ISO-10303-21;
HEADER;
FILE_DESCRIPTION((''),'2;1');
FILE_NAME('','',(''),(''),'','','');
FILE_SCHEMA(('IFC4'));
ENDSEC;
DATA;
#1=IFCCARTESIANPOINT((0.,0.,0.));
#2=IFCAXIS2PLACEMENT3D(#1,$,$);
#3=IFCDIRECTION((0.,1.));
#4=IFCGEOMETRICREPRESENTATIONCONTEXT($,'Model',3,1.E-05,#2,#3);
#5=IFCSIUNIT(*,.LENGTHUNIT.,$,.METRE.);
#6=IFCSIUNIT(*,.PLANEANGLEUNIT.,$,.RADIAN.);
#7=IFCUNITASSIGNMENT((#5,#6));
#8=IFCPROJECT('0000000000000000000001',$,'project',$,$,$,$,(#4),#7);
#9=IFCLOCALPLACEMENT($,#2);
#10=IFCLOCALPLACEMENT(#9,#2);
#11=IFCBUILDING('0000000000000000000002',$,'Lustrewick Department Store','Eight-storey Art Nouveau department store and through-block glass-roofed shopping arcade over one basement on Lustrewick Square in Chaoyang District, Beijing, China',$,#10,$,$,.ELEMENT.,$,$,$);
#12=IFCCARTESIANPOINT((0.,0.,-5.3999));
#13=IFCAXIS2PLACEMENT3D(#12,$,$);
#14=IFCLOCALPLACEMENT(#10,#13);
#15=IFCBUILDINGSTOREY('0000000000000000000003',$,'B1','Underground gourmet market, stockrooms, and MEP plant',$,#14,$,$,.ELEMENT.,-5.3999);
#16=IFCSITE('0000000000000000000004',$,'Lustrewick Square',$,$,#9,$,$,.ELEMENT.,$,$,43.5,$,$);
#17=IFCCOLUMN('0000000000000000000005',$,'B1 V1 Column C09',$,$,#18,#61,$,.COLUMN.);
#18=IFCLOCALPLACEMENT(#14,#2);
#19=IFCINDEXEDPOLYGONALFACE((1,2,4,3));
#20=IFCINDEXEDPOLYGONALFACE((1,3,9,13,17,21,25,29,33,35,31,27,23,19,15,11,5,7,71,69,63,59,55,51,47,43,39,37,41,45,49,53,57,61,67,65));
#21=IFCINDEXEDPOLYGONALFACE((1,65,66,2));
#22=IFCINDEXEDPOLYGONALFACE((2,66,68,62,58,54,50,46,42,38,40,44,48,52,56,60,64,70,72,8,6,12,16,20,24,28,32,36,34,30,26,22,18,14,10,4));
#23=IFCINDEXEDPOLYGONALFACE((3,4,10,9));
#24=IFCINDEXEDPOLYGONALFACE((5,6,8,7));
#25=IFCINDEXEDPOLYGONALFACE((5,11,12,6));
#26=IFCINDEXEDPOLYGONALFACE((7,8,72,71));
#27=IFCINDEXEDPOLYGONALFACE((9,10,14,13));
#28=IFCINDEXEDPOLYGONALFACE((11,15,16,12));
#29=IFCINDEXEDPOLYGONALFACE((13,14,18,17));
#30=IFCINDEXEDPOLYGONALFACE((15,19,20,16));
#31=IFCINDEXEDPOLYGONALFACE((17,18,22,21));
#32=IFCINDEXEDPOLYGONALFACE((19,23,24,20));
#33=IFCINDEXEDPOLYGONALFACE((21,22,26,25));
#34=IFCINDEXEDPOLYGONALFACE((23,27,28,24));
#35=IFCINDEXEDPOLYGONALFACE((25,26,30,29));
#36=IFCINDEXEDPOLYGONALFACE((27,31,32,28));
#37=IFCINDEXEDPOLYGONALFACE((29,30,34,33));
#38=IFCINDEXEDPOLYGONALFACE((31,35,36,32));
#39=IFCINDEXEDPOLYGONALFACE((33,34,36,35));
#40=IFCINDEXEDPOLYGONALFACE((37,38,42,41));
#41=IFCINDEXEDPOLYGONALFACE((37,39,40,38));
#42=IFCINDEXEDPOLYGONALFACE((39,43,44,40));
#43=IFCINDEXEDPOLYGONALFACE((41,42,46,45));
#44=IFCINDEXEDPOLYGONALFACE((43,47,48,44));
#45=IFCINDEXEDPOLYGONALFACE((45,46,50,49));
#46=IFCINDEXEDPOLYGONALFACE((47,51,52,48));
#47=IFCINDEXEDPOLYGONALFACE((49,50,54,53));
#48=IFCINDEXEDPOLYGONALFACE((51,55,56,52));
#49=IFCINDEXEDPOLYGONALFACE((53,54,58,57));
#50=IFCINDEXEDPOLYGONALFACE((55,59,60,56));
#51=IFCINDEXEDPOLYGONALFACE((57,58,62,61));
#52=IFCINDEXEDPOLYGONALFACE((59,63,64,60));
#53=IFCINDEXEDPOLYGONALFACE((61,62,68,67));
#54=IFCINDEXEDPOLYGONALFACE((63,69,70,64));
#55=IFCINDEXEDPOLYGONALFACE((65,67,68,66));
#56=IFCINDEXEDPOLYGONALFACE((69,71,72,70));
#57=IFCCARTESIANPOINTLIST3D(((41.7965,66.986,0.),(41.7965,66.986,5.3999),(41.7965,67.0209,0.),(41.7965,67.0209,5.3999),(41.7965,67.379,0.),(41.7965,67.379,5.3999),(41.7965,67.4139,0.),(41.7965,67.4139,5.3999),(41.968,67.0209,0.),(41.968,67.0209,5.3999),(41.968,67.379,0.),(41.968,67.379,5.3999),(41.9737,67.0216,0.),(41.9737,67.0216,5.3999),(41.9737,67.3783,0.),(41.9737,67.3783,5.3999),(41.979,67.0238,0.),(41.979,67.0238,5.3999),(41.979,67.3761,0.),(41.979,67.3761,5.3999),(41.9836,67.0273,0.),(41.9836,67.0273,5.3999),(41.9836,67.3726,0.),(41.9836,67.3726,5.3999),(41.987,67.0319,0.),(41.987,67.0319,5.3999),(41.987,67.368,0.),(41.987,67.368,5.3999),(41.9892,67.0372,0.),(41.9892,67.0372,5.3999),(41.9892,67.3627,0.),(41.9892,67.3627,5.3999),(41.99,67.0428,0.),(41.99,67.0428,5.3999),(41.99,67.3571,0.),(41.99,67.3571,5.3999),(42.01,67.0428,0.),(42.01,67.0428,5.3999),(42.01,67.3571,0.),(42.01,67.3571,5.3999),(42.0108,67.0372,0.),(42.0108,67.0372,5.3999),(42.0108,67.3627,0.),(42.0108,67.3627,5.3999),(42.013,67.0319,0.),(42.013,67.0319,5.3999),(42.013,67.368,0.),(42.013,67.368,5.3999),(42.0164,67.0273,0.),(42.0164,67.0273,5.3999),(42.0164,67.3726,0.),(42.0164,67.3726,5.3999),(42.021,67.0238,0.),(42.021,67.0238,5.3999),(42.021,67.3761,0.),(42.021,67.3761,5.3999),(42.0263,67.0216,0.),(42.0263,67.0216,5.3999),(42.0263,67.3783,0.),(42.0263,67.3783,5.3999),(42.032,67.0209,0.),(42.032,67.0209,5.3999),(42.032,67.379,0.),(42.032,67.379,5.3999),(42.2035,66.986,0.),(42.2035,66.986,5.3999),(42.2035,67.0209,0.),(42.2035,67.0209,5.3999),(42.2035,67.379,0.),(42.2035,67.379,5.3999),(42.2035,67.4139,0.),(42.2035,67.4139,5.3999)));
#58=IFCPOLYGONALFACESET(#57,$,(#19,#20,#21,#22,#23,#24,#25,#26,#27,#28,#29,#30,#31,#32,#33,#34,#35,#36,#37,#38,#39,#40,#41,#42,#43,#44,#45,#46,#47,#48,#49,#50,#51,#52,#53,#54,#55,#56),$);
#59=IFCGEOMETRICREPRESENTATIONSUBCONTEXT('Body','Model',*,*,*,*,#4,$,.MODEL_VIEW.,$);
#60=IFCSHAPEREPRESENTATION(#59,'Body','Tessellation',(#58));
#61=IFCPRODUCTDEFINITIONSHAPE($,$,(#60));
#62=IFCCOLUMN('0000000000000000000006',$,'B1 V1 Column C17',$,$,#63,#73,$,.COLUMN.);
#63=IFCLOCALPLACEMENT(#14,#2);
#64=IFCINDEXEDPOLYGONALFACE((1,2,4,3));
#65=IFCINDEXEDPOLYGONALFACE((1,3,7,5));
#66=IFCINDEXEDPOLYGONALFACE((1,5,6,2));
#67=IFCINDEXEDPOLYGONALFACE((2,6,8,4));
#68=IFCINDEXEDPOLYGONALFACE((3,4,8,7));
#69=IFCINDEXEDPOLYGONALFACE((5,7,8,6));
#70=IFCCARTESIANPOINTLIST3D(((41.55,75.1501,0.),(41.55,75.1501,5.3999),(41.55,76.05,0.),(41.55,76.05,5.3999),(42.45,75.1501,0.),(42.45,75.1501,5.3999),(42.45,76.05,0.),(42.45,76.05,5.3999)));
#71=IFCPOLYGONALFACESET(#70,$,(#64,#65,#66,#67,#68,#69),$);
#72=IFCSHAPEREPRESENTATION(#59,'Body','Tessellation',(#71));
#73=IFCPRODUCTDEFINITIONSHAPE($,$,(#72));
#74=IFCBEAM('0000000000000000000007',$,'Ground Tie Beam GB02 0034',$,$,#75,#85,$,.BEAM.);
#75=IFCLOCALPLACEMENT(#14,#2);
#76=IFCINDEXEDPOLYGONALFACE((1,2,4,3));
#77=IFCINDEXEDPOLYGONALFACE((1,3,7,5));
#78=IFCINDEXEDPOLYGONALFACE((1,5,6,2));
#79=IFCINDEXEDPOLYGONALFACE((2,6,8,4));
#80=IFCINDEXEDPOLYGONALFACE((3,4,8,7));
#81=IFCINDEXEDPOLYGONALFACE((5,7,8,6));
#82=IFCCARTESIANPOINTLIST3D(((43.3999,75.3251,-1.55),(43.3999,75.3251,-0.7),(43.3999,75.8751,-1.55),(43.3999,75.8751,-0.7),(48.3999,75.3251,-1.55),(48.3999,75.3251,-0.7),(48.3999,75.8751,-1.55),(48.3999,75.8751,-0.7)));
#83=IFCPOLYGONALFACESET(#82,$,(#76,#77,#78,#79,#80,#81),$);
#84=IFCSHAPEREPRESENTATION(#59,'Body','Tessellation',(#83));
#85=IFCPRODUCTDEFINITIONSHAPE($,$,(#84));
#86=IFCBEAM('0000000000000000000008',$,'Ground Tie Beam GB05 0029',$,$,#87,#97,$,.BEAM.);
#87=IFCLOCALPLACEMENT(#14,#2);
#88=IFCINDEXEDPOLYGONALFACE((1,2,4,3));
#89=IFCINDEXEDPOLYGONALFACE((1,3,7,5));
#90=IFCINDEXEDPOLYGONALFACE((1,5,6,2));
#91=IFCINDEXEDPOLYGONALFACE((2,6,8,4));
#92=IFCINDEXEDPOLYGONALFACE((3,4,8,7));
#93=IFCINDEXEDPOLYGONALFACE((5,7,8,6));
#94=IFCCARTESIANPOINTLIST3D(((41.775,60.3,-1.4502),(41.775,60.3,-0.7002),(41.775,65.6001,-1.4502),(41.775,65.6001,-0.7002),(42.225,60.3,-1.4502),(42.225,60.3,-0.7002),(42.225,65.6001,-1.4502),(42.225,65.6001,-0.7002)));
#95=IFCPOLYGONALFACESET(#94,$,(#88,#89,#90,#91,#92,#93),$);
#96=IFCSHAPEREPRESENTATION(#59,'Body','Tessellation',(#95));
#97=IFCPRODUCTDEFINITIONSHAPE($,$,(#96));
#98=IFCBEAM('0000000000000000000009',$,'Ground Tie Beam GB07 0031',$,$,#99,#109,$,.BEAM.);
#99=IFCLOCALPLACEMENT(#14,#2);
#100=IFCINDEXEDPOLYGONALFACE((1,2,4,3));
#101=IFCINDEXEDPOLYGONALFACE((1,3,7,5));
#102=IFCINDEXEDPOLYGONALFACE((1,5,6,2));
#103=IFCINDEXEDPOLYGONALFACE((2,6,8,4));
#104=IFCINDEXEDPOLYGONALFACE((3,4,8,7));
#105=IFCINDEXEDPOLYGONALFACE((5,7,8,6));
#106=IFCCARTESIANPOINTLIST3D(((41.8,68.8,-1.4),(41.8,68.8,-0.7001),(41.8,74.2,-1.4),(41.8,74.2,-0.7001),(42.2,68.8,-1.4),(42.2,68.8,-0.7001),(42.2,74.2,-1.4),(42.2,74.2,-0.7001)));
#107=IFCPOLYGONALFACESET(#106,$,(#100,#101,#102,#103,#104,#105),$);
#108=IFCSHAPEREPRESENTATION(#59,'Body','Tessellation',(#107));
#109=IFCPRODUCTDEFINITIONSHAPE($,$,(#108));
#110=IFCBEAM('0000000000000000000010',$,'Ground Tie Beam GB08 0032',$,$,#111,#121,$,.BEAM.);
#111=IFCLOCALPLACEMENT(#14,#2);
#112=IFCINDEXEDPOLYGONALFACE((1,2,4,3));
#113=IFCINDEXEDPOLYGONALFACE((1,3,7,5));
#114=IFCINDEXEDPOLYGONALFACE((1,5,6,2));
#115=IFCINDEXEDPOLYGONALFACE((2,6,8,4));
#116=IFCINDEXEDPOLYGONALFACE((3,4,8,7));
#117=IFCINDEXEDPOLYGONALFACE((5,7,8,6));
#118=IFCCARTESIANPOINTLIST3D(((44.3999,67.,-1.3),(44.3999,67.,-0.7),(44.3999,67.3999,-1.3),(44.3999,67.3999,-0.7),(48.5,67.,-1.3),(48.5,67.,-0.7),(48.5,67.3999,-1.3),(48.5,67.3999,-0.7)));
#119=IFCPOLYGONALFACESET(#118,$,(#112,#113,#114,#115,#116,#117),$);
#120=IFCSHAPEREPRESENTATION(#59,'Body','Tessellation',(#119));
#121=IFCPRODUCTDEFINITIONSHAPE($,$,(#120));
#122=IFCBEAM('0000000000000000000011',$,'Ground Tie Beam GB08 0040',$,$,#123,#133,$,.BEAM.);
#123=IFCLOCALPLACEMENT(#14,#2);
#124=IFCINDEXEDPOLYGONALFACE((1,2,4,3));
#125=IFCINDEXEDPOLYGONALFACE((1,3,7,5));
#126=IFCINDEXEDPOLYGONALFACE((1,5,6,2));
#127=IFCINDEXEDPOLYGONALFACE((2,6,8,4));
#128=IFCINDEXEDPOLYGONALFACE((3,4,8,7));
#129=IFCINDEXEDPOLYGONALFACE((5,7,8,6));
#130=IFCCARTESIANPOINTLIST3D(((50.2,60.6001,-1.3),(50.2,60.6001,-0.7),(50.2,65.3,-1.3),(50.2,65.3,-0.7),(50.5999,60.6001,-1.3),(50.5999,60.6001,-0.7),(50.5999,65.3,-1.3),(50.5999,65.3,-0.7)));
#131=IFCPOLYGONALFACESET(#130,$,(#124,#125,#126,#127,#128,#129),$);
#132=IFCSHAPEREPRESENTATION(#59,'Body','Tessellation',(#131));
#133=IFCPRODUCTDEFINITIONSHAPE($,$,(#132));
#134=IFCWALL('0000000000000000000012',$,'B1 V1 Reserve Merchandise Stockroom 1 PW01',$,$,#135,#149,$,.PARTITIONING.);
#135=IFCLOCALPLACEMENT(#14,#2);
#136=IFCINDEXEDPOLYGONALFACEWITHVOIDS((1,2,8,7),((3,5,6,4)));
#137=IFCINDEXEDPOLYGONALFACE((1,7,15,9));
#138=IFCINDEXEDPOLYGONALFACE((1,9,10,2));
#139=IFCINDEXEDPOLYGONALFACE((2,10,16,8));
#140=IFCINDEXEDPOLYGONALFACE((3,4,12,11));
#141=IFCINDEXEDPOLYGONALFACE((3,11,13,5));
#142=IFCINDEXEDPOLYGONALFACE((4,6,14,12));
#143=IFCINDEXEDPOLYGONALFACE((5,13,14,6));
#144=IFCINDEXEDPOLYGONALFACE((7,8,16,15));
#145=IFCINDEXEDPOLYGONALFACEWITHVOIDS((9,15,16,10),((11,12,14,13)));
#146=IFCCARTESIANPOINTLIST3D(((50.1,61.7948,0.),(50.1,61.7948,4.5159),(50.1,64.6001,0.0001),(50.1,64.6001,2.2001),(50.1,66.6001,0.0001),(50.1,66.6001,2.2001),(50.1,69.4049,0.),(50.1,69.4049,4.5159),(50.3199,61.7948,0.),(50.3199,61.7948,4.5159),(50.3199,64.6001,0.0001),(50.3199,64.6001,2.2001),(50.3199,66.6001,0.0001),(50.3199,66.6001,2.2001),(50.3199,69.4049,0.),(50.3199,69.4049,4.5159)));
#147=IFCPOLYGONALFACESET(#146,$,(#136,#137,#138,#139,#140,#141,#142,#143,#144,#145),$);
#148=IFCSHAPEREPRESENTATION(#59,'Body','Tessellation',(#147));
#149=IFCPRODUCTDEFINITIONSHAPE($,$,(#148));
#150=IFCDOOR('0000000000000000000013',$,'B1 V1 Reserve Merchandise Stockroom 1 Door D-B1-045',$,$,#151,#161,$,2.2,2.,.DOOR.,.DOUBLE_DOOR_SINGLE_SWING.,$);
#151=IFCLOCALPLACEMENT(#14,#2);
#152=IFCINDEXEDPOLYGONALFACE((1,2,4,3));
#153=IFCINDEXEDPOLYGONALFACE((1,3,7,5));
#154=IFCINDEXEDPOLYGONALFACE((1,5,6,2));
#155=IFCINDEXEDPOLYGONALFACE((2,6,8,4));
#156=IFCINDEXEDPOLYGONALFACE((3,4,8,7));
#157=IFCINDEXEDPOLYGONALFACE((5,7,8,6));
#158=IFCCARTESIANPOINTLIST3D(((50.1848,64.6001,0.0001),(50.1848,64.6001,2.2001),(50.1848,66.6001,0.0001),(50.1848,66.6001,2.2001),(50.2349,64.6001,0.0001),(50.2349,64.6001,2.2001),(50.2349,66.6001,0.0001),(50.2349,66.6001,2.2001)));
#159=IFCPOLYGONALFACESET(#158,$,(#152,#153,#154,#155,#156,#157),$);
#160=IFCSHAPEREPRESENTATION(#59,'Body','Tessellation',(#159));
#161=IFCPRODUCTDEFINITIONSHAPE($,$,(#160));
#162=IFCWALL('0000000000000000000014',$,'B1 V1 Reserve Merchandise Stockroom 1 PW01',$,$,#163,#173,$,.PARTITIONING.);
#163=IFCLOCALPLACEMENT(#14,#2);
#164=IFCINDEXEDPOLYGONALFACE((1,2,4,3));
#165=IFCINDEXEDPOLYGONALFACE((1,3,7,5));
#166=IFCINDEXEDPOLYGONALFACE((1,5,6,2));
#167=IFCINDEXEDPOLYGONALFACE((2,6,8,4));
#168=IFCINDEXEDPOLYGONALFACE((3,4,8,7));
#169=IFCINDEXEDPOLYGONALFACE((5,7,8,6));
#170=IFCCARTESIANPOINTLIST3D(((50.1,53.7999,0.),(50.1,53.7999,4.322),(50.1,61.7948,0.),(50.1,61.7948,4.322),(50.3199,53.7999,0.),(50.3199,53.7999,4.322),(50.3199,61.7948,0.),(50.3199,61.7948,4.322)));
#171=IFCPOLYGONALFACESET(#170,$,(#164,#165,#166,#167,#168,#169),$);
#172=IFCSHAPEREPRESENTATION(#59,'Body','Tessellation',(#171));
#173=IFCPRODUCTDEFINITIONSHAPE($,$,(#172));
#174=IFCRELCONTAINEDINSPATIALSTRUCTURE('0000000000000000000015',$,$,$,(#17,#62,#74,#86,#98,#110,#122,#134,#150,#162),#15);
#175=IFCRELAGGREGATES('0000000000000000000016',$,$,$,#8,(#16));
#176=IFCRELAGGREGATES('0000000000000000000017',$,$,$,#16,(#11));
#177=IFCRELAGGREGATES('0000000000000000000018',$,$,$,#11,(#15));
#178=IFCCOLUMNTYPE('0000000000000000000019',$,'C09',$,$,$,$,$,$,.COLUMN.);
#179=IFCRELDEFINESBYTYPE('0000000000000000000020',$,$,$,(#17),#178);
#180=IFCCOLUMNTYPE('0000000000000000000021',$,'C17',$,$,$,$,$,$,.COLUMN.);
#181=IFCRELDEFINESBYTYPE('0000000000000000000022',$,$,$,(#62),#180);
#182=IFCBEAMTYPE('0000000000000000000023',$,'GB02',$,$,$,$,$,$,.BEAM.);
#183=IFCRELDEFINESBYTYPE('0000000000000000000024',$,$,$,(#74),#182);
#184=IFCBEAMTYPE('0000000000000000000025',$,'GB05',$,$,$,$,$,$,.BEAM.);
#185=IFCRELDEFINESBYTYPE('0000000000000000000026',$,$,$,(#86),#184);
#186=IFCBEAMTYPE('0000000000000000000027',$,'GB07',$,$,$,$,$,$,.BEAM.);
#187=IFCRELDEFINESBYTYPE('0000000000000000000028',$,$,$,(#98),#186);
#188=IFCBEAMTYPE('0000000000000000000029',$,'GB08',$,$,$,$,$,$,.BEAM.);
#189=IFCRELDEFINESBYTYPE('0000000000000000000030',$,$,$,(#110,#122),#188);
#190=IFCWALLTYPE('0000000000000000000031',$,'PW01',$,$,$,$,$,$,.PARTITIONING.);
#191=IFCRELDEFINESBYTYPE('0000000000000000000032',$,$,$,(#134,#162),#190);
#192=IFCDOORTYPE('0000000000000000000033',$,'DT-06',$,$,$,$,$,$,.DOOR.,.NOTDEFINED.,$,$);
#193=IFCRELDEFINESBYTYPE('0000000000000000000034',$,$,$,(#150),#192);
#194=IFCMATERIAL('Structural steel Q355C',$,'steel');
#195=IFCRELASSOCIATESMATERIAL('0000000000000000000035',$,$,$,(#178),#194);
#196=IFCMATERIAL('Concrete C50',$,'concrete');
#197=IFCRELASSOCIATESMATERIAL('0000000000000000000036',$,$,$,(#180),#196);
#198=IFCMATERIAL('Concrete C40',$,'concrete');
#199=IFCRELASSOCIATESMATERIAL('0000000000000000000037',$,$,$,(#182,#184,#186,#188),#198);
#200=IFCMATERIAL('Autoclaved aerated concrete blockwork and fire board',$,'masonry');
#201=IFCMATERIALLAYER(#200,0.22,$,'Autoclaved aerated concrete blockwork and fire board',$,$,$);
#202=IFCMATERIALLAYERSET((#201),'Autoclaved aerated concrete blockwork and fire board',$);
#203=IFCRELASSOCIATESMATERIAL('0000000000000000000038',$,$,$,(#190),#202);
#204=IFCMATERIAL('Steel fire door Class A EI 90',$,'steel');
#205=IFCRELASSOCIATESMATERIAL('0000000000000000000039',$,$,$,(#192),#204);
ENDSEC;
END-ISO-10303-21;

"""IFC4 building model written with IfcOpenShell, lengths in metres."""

from ifc_helpers import new_model, si_unit, direction, frame, frame_2d, origin, origin_2d, place, context, subcontext, project, spatial, rectangle, i_section, extrude, material, layer, layer_set, material_profile, profile_set, type_object, element, fill, save


model = new_model("IFC4")

# Units and contexts
model_context = context("Model", 3, precision=1e-05, world=origin(), true_north=direction((0.0, 1.0)))
body_context = subcontext(model_context, "Body", "Model", "MODEL_VIEW")
ifc_project = project(units=[si_unit("LENGTHUNIT", "METRE"), si_unit("PLANEANGLEUNIT", "RADIAN")], contexts=[model_context])

# Site, building, storey
site_placement = place(None, origin())
site = spatial("IfcSite", under=ifc_project, at=site_placement, Name="Lustrewick Square", CompositionType="ELEMENT", RefElevation=43.5)
building_placement = place(site_placement, origin())
building = spatial("IfcBuilding", under=site, at=building_placement, Name="Lustrewick Department Store", Description="Eight-storey Art Nouveau department store and through-block glass-roofed shopping arcade over one basement on Lustrewick Square in Chaoyang District, Beijing, China", CompositionType="ELEMENT")
storey_placement = place(building_placement, frame((0.0, 0.0, -5.3999)))
storey = spatial("IfcBuildingStorey", under=building, at=storey_placement, Name="B1", Description="Underground gourmet market, stockrooms, and MEP plant", CompositionType="ELEMENT", Elevation=-5.3999)

# Shared definitions
ifc_material_1 = material(Name="Concrete C40", Category="concrete")

# Columns
ifc_material_2 = material(Name="Structural steel Q355C", Category="steel")
ifc_material_profile_1 = material_profile(ifc_material_2, i_section(OverallWidth=0.407, OverallDepth=0.428, WebThickness=0.02, FlangeThickness=0.0349, FilletRadius=0.022, at=origin_2d()), Name="HW 428x407x20x35")
ifc_profile_set_1 = profile_set([ifc_material_profile_1], Name="Structural steel Q355C")
column_type_1 = type_object("IfcColumnType", Name="C09", PredefinedType="COLUMN", material=ifc_profile_set_1)
column_1_placement = place(storey_placement, frame((42.0, 67.2, 0.0), z_axis=(0.0, 0.0, 1.0), x_axis=(1.0, 0.0, 0.0)))
element("IfcColumn", 1, at=column_1_placement, inside=storey, type_object=column_type_1, Name="B1 V1 Column C09", PredefinedType="COLUMN", context=body_context, shape_type="SweptSolid", body=[
    extrude(i_section(OverallWidth=0.407, OverallDepth=0.428, WebThickness=0.02, FlangeThickness=0.0349, FilletRadius=0.022, at=origin_2d()), origin(), (0.0, 0.0, 1.0), 5.3999),
])
ifc_material_3 = material(Name="Concrete C50", Category="concrete")
ifc_material_profile_2 = material_profile(ifc_material_3, rectangle(XDim=0.8999, YDim=0.8999, at=origin_2d()), Name="RC 900x900")
ifc_profile_set_2 = profile_set([ifc_material_profile_2], Name="Concrete C50")
column_type_2 = type_object("IfcColumnType", Name="C17", PredefinedType="COLUMN", material=ifc_profile_set_2)
column_2_placement = place(storey_placement, frame((42.0, 75.6001, 0.0), z_axis=(0.0, 0.0, 1.0), x_axis=(1.0, 0.0, 0.0)))
element("IfcColumn", 2, at=column_2_placement, inside=storey, type_object=column_type_2, Name="B1 V1 Column C17", PredefinedType="COLUMN", context=body_context, shape_type="SweptSolid", body=[
    extrude(rectangle(XDim=0.8999, YDim=0.8999, at=origin_2d()), origin(), (0.0, 0.0, 1.0), 5.3999),
])

# Beams
ifc_material_profile_3 = material_profile(ifc_material_1, rectangle(XDim=0.55, YDim=0.8501, at=origin_2d()), Name="RC 550x850")
ifc_profile_set_3 = profile_set([ifc_material_profile_3], Name="Concrete C40")
beam_type_1 = type_object("IfcBeamType", Name="GB02", PredefinedType="BEAM", material=ifc_profile_set_3)
beam_1_placement = place(storey_placement, frame((43.3999, 75.6001, -1.125), z_axis=(1.0, 0.0, 0.0), x_axis=(0.0, 1.0, 0.0)))
element("IfcBeam", 3, at=beam_1_placement, inside=storey, type_object=beam_type_1, Name="Ground Tie Beam GB02 0034", PredefinedType="BEAM", context=body_context, shape_type="SweptSolid", body=[
    extrude(rectangle(XDim=0.55, YDim=0.8501, at=origin_2d()), origin(), (0.0, 0.0, 1.0), 5.0),
])
ifc_material_profile_4 = material_profile(ifc_material_1, rectangle(XDim=0.45, YDim=0.75, at=origin_2d()), Name="RC 450x750")
ifc_profile_set_4 = profile_set([ifc_material_profile_4], Name="Concrete C40")
beam_type_2 = type_object("IfcBeamType", Name="GB05", PredefinedType="BEAM", material=ifc_profile_set_4)
beam_2_placement = place(storey_placement, frame((42.0, 60.3, -1.0752), z_axis=(0.0, 1.0, 0.0), x_axis=(-1.0, 0.0, 0.0)))
element("IfcBeam", 4, at=beam_2_placement, inside=storey, type_object=beam_type_2, Name="Ground Tie Beam GB05 0029", PredefinedType="BEAM", context=body_context, shape_type="SweptSolid", body=[
    extrude(rectangle(XDim=0.45, YDim=0.75, at=origin_2d()), origin(), (0.0, 0.0, 1.0), 5.3),
])
ifc_material_profile_5 = material_profile(ifc_material_1, rectangle(XDim=0.3999, YDim=0.7, at=origin_2d()), Name="RC 400x700")
ifc_profile_set_5 = profile_set([ifc_material_profile_5], Name="Concrete C40")
beam_type_3 = type_object("IfcBeamType", Name="GB07", PredefinedType="BEAM", material=ifc_profile_set_5)
beam_3_placement = place(storey_placement, frame((42.0, 68.8, -1.05), z_axis=(0.0, 1.0, 0.0), x_axis=(-1.0, 0.0, 0.0)))
element("IfcBeam", 5, at=beam_3_placement, inside=storey, type_object=beam_type_3, Name="Ground Tie Beam GB07 0031", PredefinedType="BEAM", context=body_context, shape_type="SweptSolid", body=[
    extrude(rectangle(XDim=0.3999, YDim=0.7, at=origin_2d()), origin(), (0.0, 0.0, 1.0), 5.3999),
])
ifc_material_profile_6 = material_profile(ifc_material_1, rectangle(XDim=0.3999, YDim=0.6001, at=origin_2d()), Name="RC 400x600")
ifc_profile_set_6 = profile_set([ifc_material_profile_6], Name="Concrete C40")
beam_type_4 = type_object("IfcBeamType", Name="GB08", PredefinedType="BEAM", material=ifc_profile_set_6)
beam_4_placement = place(storey_placement, frame((44.3999, 67.2, -1.0), z_axis=(1.0, 0.0, 0.0), x_axis=(0.0, 1.0, 0.0)))
element("IfcBeam", 6, at=beam_4_placement, inside=storey, type_object=beam_type_4, Name="Ground Tie Beam GB08 0032", PredefinedType="BEAM", context=body_context, shape_type="SweptSolid", body=[
    extrude(rectangle(XDim=0.3999, YDim=0.6001, at=origin_2d()), origin(), (0.0, 0.0, 1.0), 4.1001),
])
beam_5_placement = place(storey_placement, frame((50.3999, 60.6001, -1.0), z_axis=(0.0, 1.0, 0.0), x_axis=(-1.0, 0.0, 0.0)))
element("IfcBeam", 7, at=beam_5_placement, inside=storey, type_object=beam_type_4, Name="Ground Tie Beam GB08 0040", PredefinedType="BEAM", context=body_context, shape_type="SweptSolid", body=[
    extrude(rectangle(XDim=0.3999, YDim=0.6001, at=origin_2d()), origin(), (0.0, 0.0, 1.0), 4.7),
])

# Wall, opening, door
ifc_material_4 = material(Name="Autoclaved aerated concrete blockwork and fire board", Category="masonry")
ifc_layer_1 = layer(ifc_material_4, 0.22, Name="Autoclaved aerated concrete blockwork and fire board")
ifc_layer_set_1 = layer_set([ifc_layer_1], Name="Autoclaved aerated concrete blockwork and fire board")
wall_type_1 = type_object("IfcWallType", Name="PW01", PredefinedType="PARTITIONING", material=ifc_layer_set_1)
wall_1_placement = place(storey_placement, frame((50.21, 69.405, 0.0), z_axis=(0.0, 0.0, 1.0), x_axis=(0.0, -1.0, 0.0)))
wall_1 = element("IfcWall", 8, at=wall_1_placement, inside=storey, type_object=wall_type_1, Name="B1 V1 Reserve Merchandise Stockroom 1 PW01", PredefinedType="PARTITIONING", context=body_context, shape_type="SweptSolid", body=[
    extrude(rectangle(XDim=7.6101, YDim=0.22, at=frame_2d((3.8052, 0.0))), origin(), (0.0, 0.0, 1.0), 4.5159),
])
opening_placement = place(wall_1_placement, frame((2.8049, 0.0, 0.0)))
opening = element("IfcOpeningElement", 9, at=opening_placement, cuts=wall_1, PredefinedType="OPENING", context=body_context, shape_type="SweptSolid", body=[
    extrude(rectangle(XDim=2.0, YDim=2.2, at=frame_2d((1.0, 1.1001))), frame((0.0, 0.1201, 0.0), z_axis=(0.0, -1.0, 0.0), x_axis=(1.0, 0.0, 0.0)), (0.0, 0.0, 1.0), 0.24),
])
ifc_material_5 = material(Name="Steel fire door Class A EI 90", Category="steel")
door_type = type_object("IfcDoorType", Name="DT-06", OperationType="NOTDEFINED", PredefinedType="DOOR", material=ifc_material_5)
door_placement = place(opening_placement, origin())
door = element("IfcDoor", 10, at=door_placement, inside=storey, type_object=door_type, Name="B1 V1 Reserve Merchandise Stockroom 1 Door D-B1-045", OperationType="DOUBLE_DOOR_SINGLE_SWING", OverallHeight=2.2, OverallWidth=2.0, PredefinedType="DOOR", context=body_context, shape_type="SweptSolid", body=[
    extrude(rectangle(XDim=2.0, YDim=2.2, at=frame_2d((1.0, 1.1001))), frame((0.0, 0.0249, 0.0), z_axis=(0.0, -1.0, 0.0), x_axis=(1.0, 0.0, 0.0)), (0.0, 0.0, 1.0), 0.05),
])
fill(opening, door)

# Wall
wall_2_placement = place(storey_placement, frame((50.21, 61.7949, 0.0), z_axis=(0.0, 0.0, 1.0), x_axis=(0.0, -1.0, 0.0)))
element("IfcWall", 11, at=wall_2_placement, inside=storey, type_object=wall_type_1, Name="B1 V1 Reserve Merchandise Stockroom 1 PW01", PredefinedType="PARTITIONING", context=body_context, shape_type="SweptSolid", body=[
    extrude(rectangle(XDim=7.9949, YDim=0.22, at=frame_2d((3.9976, 0.0))), origin(), (0.0, 0.0, 1.0), 4.322),
])

save(model, "model.ifc")
